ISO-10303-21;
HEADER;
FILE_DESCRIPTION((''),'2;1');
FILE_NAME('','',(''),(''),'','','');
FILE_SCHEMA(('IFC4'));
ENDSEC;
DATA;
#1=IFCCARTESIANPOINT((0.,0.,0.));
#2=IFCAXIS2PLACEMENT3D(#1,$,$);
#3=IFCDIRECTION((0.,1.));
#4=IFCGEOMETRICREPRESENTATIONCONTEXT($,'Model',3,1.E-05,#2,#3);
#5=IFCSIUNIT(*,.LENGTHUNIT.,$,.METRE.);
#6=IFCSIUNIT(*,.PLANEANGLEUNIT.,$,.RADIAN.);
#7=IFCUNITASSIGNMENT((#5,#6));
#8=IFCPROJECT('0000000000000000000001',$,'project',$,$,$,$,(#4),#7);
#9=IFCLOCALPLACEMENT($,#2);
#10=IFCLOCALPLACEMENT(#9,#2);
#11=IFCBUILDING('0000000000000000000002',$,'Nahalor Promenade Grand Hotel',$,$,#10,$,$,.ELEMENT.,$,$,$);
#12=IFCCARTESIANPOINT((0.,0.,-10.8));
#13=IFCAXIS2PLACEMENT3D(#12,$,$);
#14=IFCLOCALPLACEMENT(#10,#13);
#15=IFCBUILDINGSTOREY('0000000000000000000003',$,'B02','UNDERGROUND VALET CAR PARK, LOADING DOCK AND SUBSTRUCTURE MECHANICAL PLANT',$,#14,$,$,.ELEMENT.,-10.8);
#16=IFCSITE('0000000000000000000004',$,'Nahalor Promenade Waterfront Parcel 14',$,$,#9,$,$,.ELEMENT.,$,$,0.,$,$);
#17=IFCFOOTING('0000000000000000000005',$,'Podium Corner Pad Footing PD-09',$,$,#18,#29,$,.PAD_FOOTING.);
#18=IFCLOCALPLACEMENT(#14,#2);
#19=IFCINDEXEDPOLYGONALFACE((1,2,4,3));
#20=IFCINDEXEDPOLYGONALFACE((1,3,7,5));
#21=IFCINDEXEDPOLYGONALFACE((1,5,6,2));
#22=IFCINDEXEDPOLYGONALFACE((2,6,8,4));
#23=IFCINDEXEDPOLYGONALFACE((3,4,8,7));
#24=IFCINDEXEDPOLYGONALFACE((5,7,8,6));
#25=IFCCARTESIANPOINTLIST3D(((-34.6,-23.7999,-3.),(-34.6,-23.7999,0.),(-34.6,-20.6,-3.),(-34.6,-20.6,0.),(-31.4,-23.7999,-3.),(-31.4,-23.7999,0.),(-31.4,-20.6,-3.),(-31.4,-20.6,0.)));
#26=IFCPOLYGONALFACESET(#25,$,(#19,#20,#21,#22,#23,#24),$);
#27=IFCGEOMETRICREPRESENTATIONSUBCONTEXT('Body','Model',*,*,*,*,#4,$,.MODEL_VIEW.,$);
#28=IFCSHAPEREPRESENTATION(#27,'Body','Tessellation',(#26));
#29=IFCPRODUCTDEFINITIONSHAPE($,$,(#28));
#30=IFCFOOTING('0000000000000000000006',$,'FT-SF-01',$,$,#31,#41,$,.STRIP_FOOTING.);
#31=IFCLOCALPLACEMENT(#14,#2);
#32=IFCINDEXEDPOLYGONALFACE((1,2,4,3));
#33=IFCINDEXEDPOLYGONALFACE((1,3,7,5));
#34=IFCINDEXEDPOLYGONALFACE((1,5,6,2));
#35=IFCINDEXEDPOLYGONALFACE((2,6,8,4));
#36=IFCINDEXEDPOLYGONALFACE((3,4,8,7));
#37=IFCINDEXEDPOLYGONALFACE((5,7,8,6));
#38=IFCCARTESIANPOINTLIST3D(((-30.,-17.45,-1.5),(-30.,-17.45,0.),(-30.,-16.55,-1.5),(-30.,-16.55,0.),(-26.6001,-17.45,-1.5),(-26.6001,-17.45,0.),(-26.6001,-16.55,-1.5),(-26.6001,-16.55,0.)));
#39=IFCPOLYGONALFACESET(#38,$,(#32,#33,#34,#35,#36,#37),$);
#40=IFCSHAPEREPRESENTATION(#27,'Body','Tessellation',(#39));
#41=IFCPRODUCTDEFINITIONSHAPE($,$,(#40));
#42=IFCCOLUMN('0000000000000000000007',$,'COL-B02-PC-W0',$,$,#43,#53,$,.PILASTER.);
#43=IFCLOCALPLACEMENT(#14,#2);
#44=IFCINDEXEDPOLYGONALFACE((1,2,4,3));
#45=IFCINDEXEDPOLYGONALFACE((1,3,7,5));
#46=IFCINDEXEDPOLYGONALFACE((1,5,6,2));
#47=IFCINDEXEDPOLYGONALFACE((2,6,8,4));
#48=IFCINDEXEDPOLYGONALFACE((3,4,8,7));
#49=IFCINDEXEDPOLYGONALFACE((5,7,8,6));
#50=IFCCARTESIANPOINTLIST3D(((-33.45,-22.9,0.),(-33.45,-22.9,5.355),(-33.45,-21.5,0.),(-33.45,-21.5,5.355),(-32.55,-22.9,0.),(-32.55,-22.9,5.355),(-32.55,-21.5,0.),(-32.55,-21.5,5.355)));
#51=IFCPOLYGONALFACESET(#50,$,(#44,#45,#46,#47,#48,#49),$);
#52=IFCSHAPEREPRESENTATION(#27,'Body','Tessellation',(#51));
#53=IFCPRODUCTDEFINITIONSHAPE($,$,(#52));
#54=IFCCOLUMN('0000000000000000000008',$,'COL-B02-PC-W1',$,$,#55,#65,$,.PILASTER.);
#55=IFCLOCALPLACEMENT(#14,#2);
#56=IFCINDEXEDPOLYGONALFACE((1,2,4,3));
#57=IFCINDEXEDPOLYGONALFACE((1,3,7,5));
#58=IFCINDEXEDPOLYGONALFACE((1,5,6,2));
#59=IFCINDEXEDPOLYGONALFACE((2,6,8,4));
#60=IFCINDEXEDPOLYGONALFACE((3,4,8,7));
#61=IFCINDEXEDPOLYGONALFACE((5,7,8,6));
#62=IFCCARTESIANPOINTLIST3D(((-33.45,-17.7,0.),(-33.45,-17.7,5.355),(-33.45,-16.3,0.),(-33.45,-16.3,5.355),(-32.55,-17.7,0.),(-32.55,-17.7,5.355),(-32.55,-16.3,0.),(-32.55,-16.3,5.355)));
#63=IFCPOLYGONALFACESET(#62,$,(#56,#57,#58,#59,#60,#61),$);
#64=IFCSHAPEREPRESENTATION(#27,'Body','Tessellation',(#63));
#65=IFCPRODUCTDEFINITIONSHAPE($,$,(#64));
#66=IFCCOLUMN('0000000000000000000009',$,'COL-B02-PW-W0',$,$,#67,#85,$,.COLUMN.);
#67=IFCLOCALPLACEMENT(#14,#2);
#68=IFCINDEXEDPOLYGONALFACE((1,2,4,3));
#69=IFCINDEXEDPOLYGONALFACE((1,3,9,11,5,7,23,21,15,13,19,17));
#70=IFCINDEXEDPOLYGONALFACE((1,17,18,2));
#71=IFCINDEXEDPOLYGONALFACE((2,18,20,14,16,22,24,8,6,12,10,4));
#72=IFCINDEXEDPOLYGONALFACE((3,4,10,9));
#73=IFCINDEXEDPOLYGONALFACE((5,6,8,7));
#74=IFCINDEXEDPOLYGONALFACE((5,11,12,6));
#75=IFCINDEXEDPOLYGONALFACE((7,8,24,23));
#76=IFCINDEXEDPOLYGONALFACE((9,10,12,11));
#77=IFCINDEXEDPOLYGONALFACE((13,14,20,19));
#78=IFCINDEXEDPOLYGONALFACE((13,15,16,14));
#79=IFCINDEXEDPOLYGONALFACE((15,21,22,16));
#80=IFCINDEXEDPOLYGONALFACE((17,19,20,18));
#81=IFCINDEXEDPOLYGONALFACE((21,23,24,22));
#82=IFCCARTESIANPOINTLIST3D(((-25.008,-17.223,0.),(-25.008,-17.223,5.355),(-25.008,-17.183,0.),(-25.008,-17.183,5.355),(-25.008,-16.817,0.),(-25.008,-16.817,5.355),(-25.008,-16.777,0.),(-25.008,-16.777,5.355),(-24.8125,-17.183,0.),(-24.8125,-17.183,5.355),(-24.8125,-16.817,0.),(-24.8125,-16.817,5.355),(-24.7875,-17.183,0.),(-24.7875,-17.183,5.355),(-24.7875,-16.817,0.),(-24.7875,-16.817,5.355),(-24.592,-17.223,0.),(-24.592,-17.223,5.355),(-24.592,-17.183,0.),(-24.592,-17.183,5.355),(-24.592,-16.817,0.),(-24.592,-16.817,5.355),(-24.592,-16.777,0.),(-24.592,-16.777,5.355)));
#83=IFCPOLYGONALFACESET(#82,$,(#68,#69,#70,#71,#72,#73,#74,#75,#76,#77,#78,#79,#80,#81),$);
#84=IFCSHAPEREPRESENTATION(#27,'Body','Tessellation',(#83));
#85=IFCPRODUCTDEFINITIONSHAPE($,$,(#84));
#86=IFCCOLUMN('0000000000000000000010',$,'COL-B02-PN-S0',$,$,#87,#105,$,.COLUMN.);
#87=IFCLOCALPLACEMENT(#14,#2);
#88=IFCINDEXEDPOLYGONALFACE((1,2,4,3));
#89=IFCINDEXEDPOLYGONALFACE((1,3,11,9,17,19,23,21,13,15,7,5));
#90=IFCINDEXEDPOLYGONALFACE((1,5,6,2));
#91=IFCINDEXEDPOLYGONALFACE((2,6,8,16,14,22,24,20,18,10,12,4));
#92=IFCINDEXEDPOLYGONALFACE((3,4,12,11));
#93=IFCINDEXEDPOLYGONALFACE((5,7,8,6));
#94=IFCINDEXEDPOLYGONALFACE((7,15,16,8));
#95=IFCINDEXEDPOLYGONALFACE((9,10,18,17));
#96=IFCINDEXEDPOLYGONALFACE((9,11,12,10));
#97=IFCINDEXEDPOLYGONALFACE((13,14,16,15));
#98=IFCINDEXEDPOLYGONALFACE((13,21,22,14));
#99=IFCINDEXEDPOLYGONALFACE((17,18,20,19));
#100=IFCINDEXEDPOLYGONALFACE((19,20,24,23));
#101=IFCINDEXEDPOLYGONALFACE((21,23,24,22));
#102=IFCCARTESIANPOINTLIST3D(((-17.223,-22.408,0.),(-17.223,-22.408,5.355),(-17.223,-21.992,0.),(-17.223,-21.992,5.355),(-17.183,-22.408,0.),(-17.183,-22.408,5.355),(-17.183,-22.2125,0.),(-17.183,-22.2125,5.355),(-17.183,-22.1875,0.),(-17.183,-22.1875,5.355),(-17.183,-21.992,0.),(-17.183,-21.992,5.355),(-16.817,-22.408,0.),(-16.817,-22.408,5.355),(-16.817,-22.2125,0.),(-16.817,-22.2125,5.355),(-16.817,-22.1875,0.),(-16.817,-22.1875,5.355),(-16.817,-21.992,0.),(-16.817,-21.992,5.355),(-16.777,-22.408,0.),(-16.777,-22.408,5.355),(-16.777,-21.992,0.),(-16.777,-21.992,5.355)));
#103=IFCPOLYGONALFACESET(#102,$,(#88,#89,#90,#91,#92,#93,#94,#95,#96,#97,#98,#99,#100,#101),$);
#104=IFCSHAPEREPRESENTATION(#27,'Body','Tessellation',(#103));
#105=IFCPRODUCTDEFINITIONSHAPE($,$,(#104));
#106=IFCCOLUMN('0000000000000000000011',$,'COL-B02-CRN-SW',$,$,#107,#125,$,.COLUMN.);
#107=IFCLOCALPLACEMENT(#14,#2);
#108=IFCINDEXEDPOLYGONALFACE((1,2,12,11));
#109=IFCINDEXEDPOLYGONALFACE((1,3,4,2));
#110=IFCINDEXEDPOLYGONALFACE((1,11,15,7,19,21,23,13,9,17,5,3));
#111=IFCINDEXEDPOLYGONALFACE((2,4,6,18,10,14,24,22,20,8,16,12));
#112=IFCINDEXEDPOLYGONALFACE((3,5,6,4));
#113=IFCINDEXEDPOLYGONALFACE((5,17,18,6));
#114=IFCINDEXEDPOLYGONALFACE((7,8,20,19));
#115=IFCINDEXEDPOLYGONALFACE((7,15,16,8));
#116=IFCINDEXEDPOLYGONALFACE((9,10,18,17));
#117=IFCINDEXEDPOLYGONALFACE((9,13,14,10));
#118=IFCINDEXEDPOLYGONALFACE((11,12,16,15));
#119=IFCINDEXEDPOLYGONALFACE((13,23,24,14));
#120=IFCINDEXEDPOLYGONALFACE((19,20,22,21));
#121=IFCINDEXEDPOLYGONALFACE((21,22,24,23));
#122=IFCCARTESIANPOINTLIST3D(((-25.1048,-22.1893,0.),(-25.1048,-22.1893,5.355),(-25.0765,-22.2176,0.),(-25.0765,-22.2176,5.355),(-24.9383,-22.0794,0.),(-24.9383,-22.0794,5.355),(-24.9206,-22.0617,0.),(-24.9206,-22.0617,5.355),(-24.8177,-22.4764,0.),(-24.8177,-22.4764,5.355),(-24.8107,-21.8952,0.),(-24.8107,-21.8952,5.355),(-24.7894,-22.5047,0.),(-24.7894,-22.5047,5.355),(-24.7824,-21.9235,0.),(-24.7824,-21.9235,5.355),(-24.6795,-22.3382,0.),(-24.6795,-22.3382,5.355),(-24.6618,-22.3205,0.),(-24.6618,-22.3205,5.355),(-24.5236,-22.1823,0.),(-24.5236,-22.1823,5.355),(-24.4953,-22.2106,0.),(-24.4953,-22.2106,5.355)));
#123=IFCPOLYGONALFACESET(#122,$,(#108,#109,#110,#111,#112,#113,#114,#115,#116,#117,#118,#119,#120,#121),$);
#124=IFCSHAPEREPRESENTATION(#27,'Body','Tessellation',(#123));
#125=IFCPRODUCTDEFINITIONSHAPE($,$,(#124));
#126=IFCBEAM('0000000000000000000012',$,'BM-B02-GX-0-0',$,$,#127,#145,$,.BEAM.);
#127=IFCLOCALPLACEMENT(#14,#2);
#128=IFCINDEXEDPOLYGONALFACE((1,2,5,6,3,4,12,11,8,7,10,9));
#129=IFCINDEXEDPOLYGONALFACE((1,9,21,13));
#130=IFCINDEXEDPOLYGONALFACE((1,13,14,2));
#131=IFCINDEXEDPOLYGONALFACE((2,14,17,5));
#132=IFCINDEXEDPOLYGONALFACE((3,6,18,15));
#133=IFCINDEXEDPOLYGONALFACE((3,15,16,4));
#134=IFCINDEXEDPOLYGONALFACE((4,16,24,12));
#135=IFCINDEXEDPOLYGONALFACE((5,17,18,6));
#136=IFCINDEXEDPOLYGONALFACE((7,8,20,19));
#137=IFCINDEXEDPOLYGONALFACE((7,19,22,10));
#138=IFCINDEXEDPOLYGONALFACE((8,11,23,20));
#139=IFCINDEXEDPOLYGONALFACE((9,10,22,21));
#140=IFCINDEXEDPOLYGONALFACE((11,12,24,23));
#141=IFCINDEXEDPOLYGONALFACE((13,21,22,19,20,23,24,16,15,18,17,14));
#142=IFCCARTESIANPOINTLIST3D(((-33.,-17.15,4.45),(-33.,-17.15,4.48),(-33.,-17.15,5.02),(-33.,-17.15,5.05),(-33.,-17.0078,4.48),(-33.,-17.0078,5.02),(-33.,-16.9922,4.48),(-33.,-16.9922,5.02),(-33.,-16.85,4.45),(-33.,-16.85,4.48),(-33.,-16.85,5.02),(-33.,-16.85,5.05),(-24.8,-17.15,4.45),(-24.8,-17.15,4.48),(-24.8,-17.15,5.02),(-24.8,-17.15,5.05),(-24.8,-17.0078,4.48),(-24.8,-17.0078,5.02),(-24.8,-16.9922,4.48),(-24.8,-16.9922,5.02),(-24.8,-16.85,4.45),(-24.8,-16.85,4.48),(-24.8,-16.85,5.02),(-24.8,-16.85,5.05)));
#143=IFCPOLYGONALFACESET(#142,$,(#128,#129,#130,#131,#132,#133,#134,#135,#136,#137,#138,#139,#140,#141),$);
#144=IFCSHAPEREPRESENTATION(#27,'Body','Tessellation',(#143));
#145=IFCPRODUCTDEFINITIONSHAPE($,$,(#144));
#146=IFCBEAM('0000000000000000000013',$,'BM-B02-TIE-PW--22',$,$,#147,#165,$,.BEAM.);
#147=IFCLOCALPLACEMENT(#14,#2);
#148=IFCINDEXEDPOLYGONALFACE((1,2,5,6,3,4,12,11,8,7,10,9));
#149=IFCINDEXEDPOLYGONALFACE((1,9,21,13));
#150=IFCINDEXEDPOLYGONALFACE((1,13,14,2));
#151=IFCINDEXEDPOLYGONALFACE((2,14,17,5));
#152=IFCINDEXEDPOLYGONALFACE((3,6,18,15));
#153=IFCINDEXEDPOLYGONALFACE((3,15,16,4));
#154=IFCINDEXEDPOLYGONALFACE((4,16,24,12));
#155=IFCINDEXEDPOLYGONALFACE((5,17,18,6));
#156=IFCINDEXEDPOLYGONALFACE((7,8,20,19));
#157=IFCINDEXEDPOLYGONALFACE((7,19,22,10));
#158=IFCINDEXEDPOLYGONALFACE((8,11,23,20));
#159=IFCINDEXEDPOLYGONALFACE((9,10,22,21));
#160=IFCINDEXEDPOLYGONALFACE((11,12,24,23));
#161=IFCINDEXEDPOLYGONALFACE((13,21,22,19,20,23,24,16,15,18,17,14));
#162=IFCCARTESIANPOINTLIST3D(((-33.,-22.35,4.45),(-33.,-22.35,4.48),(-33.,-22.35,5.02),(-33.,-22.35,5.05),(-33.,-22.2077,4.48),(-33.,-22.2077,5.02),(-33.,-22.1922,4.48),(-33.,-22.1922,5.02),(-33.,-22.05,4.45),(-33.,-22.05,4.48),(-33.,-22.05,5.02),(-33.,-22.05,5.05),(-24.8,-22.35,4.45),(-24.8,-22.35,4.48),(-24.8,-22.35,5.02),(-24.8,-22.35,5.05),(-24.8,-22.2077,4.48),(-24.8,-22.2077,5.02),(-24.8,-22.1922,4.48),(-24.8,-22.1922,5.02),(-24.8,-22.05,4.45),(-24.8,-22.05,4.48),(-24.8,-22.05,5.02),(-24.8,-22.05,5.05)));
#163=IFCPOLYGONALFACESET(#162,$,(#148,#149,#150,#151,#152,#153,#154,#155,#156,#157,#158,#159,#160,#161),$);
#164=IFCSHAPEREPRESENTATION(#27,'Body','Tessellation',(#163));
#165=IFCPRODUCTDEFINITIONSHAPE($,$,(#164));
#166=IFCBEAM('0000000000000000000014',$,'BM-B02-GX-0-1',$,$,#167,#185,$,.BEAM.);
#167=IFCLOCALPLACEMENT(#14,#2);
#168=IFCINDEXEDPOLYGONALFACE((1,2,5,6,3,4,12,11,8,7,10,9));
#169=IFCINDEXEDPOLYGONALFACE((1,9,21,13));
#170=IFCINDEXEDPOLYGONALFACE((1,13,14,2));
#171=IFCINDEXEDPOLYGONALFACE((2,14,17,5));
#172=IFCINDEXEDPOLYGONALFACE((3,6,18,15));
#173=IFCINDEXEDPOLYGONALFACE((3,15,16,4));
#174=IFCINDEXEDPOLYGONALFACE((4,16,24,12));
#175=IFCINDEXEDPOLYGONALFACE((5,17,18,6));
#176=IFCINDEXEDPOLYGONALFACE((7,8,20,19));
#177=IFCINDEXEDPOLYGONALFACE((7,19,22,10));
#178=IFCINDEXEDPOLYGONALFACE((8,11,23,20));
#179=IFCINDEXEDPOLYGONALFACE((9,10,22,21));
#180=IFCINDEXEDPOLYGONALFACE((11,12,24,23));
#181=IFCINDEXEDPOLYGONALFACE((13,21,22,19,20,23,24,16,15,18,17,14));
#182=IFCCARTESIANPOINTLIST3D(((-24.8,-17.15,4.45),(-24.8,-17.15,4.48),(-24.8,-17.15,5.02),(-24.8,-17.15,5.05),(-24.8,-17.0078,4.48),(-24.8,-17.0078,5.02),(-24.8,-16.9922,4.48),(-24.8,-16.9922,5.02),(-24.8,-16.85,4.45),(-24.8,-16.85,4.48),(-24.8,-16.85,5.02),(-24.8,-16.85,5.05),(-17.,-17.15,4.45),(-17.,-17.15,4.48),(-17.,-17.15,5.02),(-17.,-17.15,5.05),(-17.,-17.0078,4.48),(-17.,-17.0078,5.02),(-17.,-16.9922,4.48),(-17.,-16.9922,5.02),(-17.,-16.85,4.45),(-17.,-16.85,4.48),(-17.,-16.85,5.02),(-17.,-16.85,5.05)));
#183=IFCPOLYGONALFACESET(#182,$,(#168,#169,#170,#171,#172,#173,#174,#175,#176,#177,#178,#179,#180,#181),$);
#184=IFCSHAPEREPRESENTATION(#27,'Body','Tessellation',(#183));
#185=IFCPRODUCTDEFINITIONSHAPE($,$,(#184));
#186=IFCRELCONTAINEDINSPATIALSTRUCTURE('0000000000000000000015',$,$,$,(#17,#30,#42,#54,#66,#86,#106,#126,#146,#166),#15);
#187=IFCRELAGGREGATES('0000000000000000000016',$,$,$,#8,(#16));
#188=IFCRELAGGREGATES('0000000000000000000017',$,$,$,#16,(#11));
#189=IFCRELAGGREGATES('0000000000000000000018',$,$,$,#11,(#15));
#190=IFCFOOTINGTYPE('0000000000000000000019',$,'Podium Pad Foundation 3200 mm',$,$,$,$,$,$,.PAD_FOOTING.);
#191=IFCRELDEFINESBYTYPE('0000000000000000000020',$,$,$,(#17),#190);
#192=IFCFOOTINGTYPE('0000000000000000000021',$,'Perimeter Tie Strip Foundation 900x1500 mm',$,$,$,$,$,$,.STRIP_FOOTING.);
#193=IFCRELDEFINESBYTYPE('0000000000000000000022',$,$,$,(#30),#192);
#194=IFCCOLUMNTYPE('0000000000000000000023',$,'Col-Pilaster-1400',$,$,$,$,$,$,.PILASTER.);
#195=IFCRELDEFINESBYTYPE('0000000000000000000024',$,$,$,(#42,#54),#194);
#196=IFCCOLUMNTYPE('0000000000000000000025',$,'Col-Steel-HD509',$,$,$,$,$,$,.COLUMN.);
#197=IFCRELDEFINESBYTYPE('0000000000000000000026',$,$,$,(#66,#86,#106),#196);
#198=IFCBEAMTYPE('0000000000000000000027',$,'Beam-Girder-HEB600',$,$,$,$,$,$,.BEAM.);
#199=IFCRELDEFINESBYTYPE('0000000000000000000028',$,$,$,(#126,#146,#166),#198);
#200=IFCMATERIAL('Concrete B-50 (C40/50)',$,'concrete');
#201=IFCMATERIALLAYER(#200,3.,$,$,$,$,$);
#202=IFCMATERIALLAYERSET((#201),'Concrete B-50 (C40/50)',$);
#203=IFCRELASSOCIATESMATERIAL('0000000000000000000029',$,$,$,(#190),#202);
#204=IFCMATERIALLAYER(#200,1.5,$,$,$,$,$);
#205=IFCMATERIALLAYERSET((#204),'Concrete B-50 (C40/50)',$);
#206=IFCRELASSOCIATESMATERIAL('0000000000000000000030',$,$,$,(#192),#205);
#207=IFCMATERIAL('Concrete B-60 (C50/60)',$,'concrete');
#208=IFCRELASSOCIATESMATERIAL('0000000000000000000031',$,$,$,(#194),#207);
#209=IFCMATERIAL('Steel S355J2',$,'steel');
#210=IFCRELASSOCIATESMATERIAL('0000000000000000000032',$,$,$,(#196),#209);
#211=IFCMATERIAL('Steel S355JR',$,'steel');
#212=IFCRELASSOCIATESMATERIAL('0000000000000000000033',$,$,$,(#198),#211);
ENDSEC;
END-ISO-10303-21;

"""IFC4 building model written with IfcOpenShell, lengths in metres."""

from ifc_helpers import new_model, si_unit, direction, frame, origin, origin_2d, place, context, subcontext, project, spatial, rectangle, i_section, extrude, source, transform, mapped, material, layer, layer_set, material_profile, profile_set, type_object, element, save


model = new_model("IFC4")

# Units and contexts
model_context = context("Model", 3, precision=1e-05, world=origin(), true_north=direction((0.0, 1.0)))
body_context = subcontext(model_context, "Body", "Model", "MODEL_VIEW")
ifc_project = project(units=[si_unit("LENGTHUNIT", "METRE"), si_unit("PLANEANGLEUNIT", "RADIAN")], contexts=[model_context])

# Site, building, storey
site_placement = place(None, origin())
site = spatial("IfcSite", under=ifc_project, at=site_placement, Name="Nahalor Promenade Waterfront Parcel 14", CompositionType="ELEMENT", RefElevation=0.0)
building_placement = place(site_placement, origin())
building = spatial("IfcBuilding", under=site, at=building_placement, Name="Nahalor Promenade Grand Hotel", CompositionType="ELEMENT")
storey_placement = place(building_placement, frame((0.0, 0.0, -10.8)))
storey = spatial("IfcBuildingStorey", under=building, at=storey_placement, Name="B02", Description="UNDERGROUND VALET CAR PARK, LOADING DOCK AND SUBSTRUCTURE MECHANICAL PLANT", CompositionType="ELEMENT", Elevation=-10.8)

# Shared definitions
ifc_material_1 = material(Name="Concrete B-50 (C40/50)", Category="concrete")

# Footings
ifc_layer_1 = layer(ifc_material_1, 3.0)
ifc_layer_set_1 = layer_set([ifc_layer_1], Name="Concrete B-50 (C40/50)")
footing_type_1 = type_object("IfcFootingType", Name="Podium Pad Foundation 3200 mm", PredefinedType="PAD_FOOTING", material=ifc_layer_set_1)
shared_shape_1 = source(origin(), body_context, "Body", "SweptSolid", [
    extrude(rectangle(XDim=3.2, YDim=3.2, at=origin_2d()), origin(), (0.0, 0.0, 1.0), 3.0),
])
footing_1_placement = place(storey_placement, frame((-33.0, -22.2, -3.0), z_axis=(0.0, 0.0, 1.0), x_axis=(1.0, 0.0, 0.0)))
element("IfcFooting", 1, at=footing_1_placement, inside=storey, type_object=footing_type_1, Name="Podium Corner Pad Footing PD-09", PredefinedType="PAD_FOOTING", context=body_context, shape_type="MappedRepresentation", body=[
    mapped(shared_shape_1, transform((0.0, 0.0, 0.0), scale=1.0)),
])
ifc_layer_2 = layer(ifc_material_1, 1.5)
ifc_layer_set_2 = layer_set([ifc_layer_2], Name="Concrete B-50 (C40/50)")
footing_type_2 = type_object("IfcFootingType", Name="Perimeter Tie Strip Foundation 900x1500 mm", PredefinedType="STRIP_FOOTING", material=ifc_layer_set_2)
shared_shape_2 = source(origin(), body_context, "Body", "SweptSolid", [
    extrude(rectangle(XDim=3.3999, YDim=0.8999, at=origin_2d()), origin(), (0.0, 0.0, 1.0), 1.5),
])
footing_2_placement = place(storey_placement, frame((-28.3, -17.0, -1.5), z_axis=(0.0, 0.0, 1.0), x_axis=(1.0, 0.0, 0.0)))
element("IfcFooting", 2, at=footing_2_placement, inside=storey, type_object=footing_type_2, Name="FT-SF-01", PredefinedType="STRIP_FOOTING", context=body_context, shape_type="MappedRepresentation", body=[
    mapped(shared_shape_2, transform((0.0, 0.0, 0.0), scale=1.0)),
])

# Columns
ifc_material_2 = material(Name="Concrete B-60 (C50/60)", Category="concrete")
ifc_material_profile_1 = material_profile(ifc_material_2, rectangle(XDim=0.9, YDim=1.4, at=origin_2d()), Name="RC 900x1400")
ifc_profile_set_1 = profile_set([ifc_material_profile_1], Name="Concrete B-60 (C50/60)")
column_type_1 = type_object("IfcColumnType", Name="Col-Pilaster-1400", PredefinedType="PILASTER", material=ifc_profile_set_1)
shared_shape_3 = source(origin(), body_context, "Body", "SweptSolid", [
    extrude(rectangle(XDim=0.9, YDim=1.4, at=origin_2d()), origin(), (0.0, 0.0, 1.0), 5.355),
])
for number, where, z_axis, x_axis, name in (
    (3, (-33.0, -22.2, 0.0), (0.0, 0.0, 1.0), (1.0, 0.0, 0.0), "COL-B02-PC-W0"),
    (4, (-33.0, -17.0, 0.0), (0.0, 0.0, 1.0), (1.0, 0.0, 0.0), "COL-B02-PC-W1"),
):
    element("IfcColumn", number, at=place(storey_placement, frame(where, z_axis=z_axis, x_axis=x_axis)), inside=storey, type_object=column_type_1, Name=name, PredefinedType="PILASTER", context=body_context, shape_type="MappedRepresentation", body=[
        mapped(shared_shape_3, transform((0.0, 0.0, 0.0), scale=1.0)),
    ])
ifc_material_3 = material(Name="Steel S355J2", Category="steel")
ifc_material_profile_2 = material_profile(ifc_material_3, i_section(OverallWidth=0.416, OverallDepth=0.446, WebThickness=0.025, FlangeThickness=0.04, at=origin_2d()), Name="HD 400x509")
ifc_profile_set_2 = profile_set([ifc_material_profile_2], Name="Steel S355J2")
column_type_2 = type_object("IfcColumnType", Name="Col-Steel-HD509", PredefinedType="COLUMN", material=ifc_profile_set_2)
shared_shape_4 = source(origin(), body_context, "Body", "SweptSolid", [
    extrude(i_section(OverallWidth=0.416, OverallDepth=0.446, WebThickness=0.025, FlangeThickness=0.04, at=origin_2d()), origin(), (0.0, 0.0, 1.0), 5.355),
])
for number, where, z_axis, x_axis, name in (
    (5, (-24.8, -17.0, 0.0), (0.0, 0.0, 1.0), (1.0, 0.0, 0.0), "COL-B02-PW-W0"),
    (6, (-17.0, -22.2, 0.0), (0.0, 0.0, 1.0), (0.0, 1.0, 0.0), "COL-B02-PN-S0"),
    (7, (-24.8, -22.2, 0.0), (0.0, 0.0, 1.0), (0.707107, 0.707107, 0.0), "COL-B02-CRN-SW"),
):
    element("IfcColumn", number, at=place(storey_placement, frame(where, z_axis=z_axis, x_axis=x_axis)), inside=storey, type_object=column_type_2, Name=name, PredefinedType="COLUMN", context=body_context, shape_type="MappedRepresentation", body=[
        mapped(shared_shape_4, transform((0.0, 0.0, 0.0), scale=1.0)),
    ])

# Beams
ifc_material_4 = material(Name="Steel S355JR", Category="steel")
ifc_material_profile_3 = material_profile(ifc_material_4, i_section(OverallWidth=0.3, OverallDepth=0.6, WebThickness=0.0155, FlangeThickness=0.03, at=origin_2d()), Name="HEB 600")
ifc_profile_set_3 = profile_set([ifc_material_profile_3], Name="Steel S355JR")
beam_type_1 = type_object("IfcBeamType", Name="Beam-Girder-HEB600", PredefinedType="BEAM", material=ifc_profile_set_3)
shared_shape_5 = source(origin(), body_context, "Body", "SweptSolid", [
    extrude(i_section(OverallWidth=0.3, OverallDepth=0.6, WebThickness=0.0155, FlangeThickness=0.03, at=origin_2d()), origin(), (0.0, 0.0, 1.0), 8.2),
])
for number, where, z_axis, x_axis, name in (
    (8, (-33.0, -17.0, 4.75), (1.0, 0.0, 0.0), (0.0, 1.0, 0.0), "BM-B02-GX-0-0"),
    (9, (-24.8, -22.2, 4.75), (-1.0, 0.0, 0.0), (0.0, -1.0, 0.0), "BM-B02-TIE-PW--22"),
):
    element("IfcBeam", number, at=place(storey_placement, frame(where, z_axis=z_axis, x_axis=x_axis)), inside=storey, type_object=beam_type_1, Name=name, PredefinedType="BEAM", context=body_context, shape_type="MappedRepresentation", body=[
        mapped(shared_shape_5, transform((0.0, 0.0, 0.0), scale=1.0)),
    ])
shared_shape_6 = source(origin(), body_context, "Body", "SweptSolid", [
    extrude(i_section(OverallWidth=0.3, OverallDepth=0.6, WebThickness=0.0155, FlangeThickness=0.03, at=origin_2d()), origin(), (0.0, 0.0, 1.0), 7.8),
])
beam_1_placement = place(storey_placement, frame((-24.8, -17.0, 4.75), z_axis=(1.0, 0.0, 0.0), x_axis=(0.0, 1.0, 0.0)))
element("IfcBeam", 10, at=beam_1_placement, inside=storey, type_object=beam_type_1, Name="BM-B02-GX-0-1", PredefinedType="BEAM", context=body_context, shape_type="MappedRepresentation", body=[
    mapped(shared_shape_6, transform((0.0, 0.0, 0.0), scale=1.0)),
])

save(model, "model.ifc")
